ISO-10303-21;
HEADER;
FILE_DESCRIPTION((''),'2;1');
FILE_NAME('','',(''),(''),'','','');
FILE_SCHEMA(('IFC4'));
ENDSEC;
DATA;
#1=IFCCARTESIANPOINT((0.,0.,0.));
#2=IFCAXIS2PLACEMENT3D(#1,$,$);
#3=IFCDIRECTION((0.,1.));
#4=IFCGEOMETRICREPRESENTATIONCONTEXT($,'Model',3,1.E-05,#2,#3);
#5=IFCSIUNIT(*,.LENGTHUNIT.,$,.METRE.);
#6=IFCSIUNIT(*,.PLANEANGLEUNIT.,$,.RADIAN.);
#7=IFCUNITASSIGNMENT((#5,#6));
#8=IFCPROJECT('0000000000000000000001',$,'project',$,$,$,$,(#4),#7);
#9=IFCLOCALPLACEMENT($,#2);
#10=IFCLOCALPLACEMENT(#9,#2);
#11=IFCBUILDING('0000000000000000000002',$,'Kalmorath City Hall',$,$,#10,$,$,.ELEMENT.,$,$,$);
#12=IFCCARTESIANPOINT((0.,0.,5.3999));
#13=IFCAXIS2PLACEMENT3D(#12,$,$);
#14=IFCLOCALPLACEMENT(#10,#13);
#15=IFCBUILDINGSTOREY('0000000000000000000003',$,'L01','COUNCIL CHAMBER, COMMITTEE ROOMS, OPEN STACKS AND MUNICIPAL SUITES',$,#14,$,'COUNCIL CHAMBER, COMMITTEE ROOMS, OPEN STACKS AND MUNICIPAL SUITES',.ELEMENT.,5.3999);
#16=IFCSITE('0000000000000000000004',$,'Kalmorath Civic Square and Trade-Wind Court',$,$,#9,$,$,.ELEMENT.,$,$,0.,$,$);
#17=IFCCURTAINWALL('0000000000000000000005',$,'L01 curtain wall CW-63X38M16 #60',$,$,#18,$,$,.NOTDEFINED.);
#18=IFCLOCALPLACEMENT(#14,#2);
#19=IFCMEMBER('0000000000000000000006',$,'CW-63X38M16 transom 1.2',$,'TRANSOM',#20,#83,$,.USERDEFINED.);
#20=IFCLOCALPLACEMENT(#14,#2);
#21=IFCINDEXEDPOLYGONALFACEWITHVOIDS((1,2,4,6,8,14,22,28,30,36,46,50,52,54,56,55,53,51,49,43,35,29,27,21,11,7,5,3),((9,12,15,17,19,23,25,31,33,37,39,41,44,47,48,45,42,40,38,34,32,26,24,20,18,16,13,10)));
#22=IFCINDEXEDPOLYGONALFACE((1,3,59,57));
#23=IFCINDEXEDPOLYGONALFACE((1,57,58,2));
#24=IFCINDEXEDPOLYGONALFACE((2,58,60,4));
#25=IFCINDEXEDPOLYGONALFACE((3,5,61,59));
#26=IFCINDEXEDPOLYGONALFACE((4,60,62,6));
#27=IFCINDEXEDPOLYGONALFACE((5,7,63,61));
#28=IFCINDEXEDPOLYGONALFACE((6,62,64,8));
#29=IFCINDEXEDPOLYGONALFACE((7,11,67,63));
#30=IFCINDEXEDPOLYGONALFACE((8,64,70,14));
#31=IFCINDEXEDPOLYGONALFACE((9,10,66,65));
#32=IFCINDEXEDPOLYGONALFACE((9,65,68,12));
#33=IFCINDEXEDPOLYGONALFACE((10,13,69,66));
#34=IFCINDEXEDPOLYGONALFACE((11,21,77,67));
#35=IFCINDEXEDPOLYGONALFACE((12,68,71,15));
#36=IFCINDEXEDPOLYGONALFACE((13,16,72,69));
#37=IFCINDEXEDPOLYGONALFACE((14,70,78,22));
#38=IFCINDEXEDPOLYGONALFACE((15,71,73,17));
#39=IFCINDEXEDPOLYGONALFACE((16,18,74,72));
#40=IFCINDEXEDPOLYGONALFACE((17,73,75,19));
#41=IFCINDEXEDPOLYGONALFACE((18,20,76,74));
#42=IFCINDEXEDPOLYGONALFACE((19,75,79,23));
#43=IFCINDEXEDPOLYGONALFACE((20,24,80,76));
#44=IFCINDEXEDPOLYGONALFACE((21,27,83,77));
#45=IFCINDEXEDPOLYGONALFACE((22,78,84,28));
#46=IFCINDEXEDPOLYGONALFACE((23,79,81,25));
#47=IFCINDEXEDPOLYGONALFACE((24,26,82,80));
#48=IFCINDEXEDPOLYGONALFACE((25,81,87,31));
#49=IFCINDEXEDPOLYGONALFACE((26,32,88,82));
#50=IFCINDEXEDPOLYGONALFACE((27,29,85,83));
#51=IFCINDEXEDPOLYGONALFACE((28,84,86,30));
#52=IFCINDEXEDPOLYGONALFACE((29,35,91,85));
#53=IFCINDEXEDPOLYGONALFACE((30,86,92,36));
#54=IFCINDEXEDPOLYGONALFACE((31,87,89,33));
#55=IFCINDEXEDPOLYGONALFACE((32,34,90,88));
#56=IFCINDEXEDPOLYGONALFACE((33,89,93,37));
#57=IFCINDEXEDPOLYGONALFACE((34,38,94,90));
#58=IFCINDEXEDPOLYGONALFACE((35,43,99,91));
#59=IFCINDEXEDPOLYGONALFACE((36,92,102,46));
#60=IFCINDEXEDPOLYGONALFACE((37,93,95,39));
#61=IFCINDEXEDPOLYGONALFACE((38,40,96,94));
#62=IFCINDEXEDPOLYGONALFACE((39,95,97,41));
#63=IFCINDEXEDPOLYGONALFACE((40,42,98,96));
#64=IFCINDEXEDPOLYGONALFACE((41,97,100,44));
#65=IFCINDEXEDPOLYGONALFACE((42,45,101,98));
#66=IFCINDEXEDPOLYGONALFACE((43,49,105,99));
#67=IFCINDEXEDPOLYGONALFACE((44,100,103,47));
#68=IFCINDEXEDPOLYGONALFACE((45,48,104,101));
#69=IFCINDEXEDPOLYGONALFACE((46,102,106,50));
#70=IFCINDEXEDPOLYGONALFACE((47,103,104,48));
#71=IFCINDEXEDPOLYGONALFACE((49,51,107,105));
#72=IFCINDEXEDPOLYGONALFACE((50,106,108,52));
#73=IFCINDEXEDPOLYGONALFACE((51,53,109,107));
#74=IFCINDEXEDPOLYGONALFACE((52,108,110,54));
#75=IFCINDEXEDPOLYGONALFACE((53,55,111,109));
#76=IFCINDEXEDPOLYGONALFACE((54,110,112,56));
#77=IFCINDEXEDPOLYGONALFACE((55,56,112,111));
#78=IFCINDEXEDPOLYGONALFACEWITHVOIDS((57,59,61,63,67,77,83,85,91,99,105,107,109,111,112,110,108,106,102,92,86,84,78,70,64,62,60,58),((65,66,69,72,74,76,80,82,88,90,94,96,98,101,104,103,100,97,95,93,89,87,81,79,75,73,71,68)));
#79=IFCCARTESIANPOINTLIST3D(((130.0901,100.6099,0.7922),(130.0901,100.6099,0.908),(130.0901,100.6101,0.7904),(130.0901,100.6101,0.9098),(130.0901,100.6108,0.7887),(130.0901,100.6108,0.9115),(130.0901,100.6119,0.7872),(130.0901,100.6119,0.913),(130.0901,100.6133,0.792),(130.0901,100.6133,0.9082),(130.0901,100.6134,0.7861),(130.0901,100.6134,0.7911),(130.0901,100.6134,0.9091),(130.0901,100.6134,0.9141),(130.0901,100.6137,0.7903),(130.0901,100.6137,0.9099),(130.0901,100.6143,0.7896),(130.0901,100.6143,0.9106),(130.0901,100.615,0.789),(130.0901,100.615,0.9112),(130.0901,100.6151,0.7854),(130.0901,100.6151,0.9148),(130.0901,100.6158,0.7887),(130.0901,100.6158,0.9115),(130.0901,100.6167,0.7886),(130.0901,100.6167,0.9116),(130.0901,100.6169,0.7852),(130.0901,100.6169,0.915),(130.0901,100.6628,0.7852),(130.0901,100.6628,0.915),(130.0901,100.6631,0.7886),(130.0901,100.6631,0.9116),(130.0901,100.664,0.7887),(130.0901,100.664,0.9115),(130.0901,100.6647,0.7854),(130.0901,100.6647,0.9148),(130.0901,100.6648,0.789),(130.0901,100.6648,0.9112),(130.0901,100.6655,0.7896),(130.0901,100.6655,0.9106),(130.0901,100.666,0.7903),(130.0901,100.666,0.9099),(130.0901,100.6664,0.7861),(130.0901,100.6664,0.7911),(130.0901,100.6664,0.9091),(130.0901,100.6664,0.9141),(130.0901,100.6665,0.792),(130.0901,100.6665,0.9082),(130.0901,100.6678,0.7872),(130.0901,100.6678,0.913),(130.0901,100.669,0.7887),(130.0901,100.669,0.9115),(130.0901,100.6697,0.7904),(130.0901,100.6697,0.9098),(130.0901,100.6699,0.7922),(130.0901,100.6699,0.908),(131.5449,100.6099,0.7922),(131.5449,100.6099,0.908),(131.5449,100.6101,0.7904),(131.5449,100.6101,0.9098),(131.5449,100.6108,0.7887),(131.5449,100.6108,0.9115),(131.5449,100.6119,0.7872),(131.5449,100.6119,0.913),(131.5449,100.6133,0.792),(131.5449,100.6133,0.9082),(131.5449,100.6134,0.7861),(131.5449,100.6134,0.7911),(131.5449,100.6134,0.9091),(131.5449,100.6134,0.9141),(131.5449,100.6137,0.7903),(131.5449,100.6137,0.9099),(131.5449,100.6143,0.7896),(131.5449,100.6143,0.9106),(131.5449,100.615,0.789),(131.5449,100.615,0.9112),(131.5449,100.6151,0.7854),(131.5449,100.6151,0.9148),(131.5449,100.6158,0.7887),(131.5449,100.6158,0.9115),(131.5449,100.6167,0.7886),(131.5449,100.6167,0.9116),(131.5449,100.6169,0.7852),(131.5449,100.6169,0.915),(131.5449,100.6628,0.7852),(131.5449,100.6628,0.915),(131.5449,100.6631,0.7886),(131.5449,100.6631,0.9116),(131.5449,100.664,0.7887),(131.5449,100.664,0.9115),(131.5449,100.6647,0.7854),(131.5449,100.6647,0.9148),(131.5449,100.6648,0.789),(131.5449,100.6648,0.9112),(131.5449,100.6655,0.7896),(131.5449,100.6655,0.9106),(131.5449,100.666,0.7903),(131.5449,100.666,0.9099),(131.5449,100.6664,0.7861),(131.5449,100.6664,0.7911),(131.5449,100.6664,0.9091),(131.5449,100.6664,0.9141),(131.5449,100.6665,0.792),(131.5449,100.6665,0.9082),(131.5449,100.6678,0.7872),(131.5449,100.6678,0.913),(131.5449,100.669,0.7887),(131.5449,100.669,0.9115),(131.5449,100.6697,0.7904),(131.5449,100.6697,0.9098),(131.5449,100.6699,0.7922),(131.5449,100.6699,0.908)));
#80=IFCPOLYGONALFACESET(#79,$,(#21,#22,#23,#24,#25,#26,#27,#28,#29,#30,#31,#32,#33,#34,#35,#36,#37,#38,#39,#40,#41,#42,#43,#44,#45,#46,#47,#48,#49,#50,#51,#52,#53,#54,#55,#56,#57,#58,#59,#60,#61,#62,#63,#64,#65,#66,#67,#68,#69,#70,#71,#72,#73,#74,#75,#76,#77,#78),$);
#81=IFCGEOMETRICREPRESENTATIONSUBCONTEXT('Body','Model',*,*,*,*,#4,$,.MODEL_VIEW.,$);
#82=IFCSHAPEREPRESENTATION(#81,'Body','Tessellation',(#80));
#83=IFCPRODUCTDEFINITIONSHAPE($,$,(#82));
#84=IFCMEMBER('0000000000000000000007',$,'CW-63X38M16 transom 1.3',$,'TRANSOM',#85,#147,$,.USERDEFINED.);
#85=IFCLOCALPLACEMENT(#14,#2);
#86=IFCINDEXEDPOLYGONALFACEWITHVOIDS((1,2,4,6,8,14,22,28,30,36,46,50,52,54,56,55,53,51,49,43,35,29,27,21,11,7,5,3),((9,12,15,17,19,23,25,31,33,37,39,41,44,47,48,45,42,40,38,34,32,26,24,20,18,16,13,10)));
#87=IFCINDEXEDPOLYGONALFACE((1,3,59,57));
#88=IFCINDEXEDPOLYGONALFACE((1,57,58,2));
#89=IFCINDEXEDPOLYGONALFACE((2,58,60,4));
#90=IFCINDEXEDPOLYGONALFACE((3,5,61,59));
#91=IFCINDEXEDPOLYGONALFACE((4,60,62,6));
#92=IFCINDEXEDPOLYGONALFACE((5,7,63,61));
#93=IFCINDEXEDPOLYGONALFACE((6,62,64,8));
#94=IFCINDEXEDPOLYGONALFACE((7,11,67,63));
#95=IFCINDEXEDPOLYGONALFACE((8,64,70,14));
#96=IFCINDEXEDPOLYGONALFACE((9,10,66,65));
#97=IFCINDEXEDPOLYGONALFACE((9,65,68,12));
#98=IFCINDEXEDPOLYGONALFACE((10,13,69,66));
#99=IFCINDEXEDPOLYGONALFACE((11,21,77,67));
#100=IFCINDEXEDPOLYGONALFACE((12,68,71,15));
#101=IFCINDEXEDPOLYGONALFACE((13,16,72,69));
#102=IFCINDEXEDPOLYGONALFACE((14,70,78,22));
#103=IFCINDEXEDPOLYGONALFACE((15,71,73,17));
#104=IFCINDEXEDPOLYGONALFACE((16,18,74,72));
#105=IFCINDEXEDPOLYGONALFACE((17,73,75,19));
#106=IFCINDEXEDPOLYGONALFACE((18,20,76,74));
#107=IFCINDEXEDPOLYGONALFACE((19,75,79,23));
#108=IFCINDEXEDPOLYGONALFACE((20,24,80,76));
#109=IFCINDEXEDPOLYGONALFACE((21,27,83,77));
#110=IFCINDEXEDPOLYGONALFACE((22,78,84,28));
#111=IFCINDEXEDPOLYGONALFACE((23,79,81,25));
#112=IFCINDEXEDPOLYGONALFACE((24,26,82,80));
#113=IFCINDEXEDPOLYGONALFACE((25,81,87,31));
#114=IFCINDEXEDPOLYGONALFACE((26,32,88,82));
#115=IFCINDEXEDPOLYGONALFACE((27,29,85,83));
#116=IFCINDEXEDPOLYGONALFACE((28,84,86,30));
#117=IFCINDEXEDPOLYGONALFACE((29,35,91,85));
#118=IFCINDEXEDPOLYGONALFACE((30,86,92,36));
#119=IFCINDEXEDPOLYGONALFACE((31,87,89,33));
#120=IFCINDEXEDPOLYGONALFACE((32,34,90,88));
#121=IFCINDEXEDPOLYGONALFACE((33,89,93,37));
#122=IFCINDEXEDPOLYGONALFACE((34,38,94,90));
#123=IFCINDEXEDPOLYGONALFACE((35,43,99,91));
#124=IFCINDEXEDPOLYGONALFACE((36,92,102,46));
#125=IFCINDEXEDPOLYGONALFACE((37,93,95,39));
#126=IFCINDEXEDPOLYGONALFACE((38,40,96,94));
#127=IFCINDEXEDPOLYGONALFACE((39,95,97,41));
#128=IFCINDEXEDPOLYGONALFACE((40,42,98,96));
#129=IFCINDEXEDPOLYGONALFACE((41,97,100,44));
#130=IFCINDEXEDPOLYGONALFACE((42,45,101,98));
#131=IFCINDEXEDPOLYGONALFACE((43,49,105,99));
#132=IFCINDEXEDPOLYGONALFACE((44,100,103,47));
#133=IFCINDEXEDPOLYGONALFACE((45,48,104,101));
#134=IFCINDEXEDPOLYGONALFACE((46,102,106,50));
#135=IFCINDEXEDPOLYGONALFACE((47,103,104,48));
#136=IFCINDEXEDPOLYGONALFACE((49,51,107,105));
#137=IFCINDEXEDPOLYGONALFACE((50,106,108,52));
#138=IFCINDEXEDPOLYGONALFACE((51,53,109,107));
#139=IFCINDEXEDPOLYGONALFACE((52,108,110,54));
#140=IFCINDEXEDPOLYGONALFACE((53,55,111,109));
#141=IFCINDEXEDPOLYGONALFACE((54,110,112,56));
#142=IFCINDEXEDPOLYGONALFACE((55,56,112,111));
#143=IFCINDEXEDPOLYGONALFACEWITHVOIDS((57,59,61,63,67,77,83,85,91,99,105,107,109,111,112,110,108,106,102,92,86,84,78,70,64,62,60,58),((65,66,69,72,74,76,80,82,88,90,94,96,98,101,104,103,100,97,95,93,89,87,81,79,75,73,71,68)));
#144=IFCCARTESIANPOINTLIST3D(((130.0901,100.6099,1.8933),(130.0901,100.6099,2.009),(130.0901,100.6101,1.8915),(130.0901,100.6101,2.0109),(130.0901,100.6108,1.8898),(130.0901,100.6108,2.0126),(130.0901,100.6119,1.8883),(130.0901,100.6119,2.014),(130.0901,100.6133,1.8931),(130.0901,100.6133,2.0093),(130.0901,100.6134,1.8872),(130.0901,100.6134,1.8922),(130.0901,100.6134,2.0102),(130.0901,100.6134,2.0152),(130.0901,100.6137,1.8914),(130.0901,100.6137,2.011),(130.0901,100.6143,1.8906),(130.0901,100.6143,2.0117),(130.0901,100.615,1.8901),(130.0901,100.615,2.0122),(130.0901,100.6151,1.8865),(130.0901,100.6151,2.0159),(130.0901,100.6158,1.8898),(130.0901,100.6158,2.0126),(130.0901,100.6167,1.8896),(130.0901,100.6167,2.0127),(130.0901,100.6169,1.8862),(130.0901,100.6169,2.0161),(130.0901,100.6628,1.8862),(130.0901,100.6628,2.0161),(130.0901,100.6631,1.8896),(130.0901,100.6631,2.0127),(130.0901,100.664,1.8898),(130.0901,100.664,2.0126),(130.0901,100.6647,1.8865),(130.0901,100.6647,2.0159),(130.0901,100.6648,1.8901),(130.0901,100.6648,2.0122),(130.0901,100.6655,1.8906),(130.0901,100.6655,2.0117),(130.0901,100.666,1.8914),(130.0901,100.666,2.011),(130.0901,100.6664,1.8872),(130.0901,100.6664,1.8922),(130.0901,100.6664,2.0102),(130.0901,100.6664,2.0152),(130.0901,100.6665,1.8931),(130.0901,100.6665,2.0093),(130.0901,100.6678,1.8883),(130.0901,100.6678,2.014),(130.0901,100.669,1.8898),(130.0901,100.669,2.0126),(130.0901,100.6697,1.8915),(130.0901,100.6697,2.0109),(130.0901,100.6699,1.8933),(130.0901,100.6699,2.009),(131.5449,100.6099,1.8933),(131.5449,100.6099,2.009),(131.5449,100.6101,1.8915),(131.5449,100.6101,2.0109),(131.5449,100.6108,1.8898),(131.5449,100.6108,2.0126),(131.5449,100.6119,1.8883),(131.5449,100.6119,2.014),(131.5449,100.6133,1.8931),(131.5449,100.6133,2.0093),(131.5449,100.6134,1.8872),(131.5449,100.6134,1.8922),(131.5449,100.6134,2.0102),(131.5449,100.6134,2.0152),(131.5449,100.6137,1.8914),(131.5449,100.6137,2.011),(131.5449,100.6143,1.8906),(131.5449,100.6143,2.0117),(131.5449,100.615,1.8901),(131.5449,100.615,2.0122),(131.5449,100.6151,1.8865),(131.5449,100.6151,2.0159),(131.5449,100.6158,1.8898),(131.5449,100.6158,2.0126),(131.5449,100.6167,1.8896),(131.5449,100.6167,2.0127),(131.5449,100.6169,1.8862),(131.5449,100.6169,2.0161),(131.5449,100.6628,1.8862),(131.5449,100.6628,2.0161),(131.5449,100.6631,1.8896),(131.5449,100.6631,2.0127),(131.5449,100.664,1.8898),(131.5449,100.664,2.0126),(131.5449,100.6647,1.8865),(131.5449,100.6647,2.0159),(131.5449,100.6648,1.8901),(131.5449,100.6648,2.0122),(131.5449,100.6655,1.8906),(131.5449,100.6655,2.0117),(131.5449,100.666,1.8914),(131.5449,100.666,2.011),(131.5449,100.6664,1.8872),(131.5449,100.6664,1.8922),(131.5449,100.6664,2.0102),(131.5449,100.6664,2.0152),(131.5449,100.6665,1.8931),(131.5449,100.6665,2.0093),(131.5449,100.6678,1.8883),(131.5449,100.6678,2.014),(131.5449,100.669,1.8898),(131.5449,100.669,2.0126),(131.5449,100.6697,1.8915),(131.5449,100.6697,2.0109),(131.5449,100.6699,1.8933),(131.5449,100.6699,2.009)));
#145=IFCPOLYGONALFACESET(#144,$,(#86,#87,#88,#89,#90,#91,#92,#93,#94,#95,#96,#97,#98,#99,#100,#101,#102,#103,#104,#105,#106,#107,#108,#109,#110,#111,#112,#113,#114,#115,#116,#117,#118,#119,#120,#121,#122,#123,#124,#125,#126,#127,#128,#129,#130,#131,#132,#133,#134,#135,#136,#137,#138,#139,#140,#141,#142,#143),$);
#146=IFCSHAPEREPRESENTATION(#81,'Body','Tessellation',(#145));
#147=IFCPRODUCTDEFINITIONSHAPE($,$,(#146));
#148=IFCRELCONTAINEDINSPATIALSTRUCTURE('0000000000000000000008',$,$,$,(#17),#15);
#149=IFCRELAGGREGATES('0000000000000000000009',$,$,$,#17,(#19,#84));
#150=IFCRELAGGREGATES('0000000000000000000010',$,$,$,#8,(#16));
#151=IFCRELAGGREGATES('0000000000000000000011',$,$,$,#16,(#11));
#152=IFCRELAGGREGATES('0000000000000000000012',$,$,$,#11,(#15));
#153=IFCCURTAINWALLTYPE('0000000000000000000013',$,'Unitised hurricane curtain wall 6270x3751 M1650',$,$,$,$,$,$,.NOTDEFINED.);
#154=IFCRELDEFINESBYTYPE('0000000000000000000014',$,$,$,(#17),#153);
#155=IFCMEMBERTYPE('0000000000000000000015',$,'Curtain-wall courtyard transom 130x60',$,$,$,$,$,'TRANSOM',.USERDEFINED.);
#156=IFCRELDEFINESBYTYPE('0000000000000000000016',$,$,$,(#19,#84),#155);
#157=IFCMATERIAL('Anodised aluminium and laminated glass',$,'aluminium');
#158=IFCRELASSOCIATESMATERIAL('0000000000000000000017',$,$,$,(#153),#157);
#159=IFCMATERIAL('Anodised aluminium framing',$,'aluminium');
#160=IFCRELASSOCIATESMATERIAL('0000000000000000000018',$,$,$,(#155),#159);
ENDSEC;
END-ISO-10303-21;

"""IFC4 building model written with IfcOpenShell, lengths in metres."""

from ifc_helpers import new_model, si_unit, direction, frame, origin, origin_2d, place, context, subcontext, project, spatial, hollow_rectangle, extrude, material, material_profile, profile_set, type_object, element, aggregate, save


model = new_model("IFC4")

# Units and contexts
model_context = context("Model", 3, precision=1e-05, world=origin(), true_north=direction((0.0, 1.0)))
body_context = subcontext(model_context, "Body", "Model", "MODEL_VIEW")
ifc_project = project(units=[si_unit("LENGTHUNIT", "METRE"), si_unit("PLANEANGLEUNIT", "RADIAN")], contexts=[model_context])

# Site, building, storey
site_placement = place(None, origin())
site = spatial("IfcSite", under=ifc_project, at=site_placement, Name="Kalmorath Civic Square and Trade-Wind Court", CompositionType="ELEMENT", RefElevation=0.0)
building_placement = place(site_placement, origin())
building = spatial("IfcBuilding", under=site, at=building_placement, Name="Kalmorath City Hall", CompositionType="ELEMENT")
storey_placement = place(building_placement, frame((0.0, 0.0, 5.3999)))
storey = spatial("IfcBuildingStorey", under=building, at=storey_placement, Name="L01", Description="COUNCIL CHAMBER, COMMITTEE ROOMS, OPEN STACKS AND MUNICIPAL SUITES", LongName="COUNCIL CHAMBER, COMMITTEE ROOMS, OPEN STACKS AND MUNICIPAL SUITES", CompositionType="ELEMENT", Elevation=5.3999)

# Curtain wall, members
ifc_material_1 = material(Name="Anodised aluminium and laminated glass", Category="aluminium")
curtain_wall_type_1 = type_object("IfcCurtainWallType", Name="Unitised hurricane curtain wall 6270x3751 M1650", PredefinedType="NOTDEFINED", material=ifc_material_1)
curtain_wall_1_placement = place(storey_placement, origin())
curtain_wall_1 = element("IfcCurtainWall", 1, at=curtain_wall_1_placement, inside=storey, type_object=curtain_wall_type_1, Name="L01 curtain wall CW-63X38M16 #60", PredefinedType="NOTDEFINED")
ifc_material_2 = material(Name="Anodised aluminium framing", Category="aluminium")
ifc_material_profile_1 = material_profile(ifc_material_2, hollow_rectangle(XDim=0.0601, YDim=0.1299, WallThickness=0.0034, InnerFilletRadius=0.0034, OuterFilletRadius=0.0071, at=origin_2d()), Name="ALU-TRN-130X60X3.5")
ifc_profile_set_1 = profile_set([ifc_material_profile_1], Name="Anodised aluminium framing")
member_type_1 = type_object("IfcMemberType", Name="Curtain-wall courtyard transom 130x60", ElementType="TRANSOM", PredefinedType="USERDEFINED", material=ifc_profile_set_1)
member_1_placement = place(storey_placement, frame((130.0901, 100.6399, 0.8501), z_axis=(1.0, 0.0, 0.0), x_axis=(0.0, 1.0, 0.0)))
member_1 = element("IfcMember", 2, at=member_1_placement, type_object=member_type_1, Name="CW-63X38M16 transom 1.2", ObjectType="TRANSOM", PredefinedType="USERDEFINED", context=body_context, shape_type="SweptSolid", body=[
    extrude(hollow_rectangle(XDim=0.0601, YDim=0.1299, WallThickness=0.0034, InnerFilletRadius=0.0034, OuterFilletRadius=0.0071, at=origin_2d()), origin(), (0.0, 0.0, 1.0), 1.4548),
])
member_2_placement = place(storey_placement, frame((130.0901, 100.6399, 1.9512), z_axis=(1.0, 0.0, 0.0), x_axis=(0.0, 1.0, 0.0)))
member_2 = element("IfcMember", 3, at=member_2_placement, type_object=member_type_1, Name="CW-63X38M16 transom 1.3", ObjectType="TRANSOM", PredefinedType="USERDEFINED", context=body_context, shape_type="SweptSolid", body=[
    extrude(hollow_rectangle(XDim=0.0601, YDim=0.1299, WallThickness=0.0034, InnerFilletRadius=0.0034, OuterFilletRadius=0.0071, at=origin_2d()), origin(), (0.0, 0.0, 1.0), 1.4548),
])

aggregate(curtain_wall_1, [member_1, member_2])

save(model, "model.ifc")
